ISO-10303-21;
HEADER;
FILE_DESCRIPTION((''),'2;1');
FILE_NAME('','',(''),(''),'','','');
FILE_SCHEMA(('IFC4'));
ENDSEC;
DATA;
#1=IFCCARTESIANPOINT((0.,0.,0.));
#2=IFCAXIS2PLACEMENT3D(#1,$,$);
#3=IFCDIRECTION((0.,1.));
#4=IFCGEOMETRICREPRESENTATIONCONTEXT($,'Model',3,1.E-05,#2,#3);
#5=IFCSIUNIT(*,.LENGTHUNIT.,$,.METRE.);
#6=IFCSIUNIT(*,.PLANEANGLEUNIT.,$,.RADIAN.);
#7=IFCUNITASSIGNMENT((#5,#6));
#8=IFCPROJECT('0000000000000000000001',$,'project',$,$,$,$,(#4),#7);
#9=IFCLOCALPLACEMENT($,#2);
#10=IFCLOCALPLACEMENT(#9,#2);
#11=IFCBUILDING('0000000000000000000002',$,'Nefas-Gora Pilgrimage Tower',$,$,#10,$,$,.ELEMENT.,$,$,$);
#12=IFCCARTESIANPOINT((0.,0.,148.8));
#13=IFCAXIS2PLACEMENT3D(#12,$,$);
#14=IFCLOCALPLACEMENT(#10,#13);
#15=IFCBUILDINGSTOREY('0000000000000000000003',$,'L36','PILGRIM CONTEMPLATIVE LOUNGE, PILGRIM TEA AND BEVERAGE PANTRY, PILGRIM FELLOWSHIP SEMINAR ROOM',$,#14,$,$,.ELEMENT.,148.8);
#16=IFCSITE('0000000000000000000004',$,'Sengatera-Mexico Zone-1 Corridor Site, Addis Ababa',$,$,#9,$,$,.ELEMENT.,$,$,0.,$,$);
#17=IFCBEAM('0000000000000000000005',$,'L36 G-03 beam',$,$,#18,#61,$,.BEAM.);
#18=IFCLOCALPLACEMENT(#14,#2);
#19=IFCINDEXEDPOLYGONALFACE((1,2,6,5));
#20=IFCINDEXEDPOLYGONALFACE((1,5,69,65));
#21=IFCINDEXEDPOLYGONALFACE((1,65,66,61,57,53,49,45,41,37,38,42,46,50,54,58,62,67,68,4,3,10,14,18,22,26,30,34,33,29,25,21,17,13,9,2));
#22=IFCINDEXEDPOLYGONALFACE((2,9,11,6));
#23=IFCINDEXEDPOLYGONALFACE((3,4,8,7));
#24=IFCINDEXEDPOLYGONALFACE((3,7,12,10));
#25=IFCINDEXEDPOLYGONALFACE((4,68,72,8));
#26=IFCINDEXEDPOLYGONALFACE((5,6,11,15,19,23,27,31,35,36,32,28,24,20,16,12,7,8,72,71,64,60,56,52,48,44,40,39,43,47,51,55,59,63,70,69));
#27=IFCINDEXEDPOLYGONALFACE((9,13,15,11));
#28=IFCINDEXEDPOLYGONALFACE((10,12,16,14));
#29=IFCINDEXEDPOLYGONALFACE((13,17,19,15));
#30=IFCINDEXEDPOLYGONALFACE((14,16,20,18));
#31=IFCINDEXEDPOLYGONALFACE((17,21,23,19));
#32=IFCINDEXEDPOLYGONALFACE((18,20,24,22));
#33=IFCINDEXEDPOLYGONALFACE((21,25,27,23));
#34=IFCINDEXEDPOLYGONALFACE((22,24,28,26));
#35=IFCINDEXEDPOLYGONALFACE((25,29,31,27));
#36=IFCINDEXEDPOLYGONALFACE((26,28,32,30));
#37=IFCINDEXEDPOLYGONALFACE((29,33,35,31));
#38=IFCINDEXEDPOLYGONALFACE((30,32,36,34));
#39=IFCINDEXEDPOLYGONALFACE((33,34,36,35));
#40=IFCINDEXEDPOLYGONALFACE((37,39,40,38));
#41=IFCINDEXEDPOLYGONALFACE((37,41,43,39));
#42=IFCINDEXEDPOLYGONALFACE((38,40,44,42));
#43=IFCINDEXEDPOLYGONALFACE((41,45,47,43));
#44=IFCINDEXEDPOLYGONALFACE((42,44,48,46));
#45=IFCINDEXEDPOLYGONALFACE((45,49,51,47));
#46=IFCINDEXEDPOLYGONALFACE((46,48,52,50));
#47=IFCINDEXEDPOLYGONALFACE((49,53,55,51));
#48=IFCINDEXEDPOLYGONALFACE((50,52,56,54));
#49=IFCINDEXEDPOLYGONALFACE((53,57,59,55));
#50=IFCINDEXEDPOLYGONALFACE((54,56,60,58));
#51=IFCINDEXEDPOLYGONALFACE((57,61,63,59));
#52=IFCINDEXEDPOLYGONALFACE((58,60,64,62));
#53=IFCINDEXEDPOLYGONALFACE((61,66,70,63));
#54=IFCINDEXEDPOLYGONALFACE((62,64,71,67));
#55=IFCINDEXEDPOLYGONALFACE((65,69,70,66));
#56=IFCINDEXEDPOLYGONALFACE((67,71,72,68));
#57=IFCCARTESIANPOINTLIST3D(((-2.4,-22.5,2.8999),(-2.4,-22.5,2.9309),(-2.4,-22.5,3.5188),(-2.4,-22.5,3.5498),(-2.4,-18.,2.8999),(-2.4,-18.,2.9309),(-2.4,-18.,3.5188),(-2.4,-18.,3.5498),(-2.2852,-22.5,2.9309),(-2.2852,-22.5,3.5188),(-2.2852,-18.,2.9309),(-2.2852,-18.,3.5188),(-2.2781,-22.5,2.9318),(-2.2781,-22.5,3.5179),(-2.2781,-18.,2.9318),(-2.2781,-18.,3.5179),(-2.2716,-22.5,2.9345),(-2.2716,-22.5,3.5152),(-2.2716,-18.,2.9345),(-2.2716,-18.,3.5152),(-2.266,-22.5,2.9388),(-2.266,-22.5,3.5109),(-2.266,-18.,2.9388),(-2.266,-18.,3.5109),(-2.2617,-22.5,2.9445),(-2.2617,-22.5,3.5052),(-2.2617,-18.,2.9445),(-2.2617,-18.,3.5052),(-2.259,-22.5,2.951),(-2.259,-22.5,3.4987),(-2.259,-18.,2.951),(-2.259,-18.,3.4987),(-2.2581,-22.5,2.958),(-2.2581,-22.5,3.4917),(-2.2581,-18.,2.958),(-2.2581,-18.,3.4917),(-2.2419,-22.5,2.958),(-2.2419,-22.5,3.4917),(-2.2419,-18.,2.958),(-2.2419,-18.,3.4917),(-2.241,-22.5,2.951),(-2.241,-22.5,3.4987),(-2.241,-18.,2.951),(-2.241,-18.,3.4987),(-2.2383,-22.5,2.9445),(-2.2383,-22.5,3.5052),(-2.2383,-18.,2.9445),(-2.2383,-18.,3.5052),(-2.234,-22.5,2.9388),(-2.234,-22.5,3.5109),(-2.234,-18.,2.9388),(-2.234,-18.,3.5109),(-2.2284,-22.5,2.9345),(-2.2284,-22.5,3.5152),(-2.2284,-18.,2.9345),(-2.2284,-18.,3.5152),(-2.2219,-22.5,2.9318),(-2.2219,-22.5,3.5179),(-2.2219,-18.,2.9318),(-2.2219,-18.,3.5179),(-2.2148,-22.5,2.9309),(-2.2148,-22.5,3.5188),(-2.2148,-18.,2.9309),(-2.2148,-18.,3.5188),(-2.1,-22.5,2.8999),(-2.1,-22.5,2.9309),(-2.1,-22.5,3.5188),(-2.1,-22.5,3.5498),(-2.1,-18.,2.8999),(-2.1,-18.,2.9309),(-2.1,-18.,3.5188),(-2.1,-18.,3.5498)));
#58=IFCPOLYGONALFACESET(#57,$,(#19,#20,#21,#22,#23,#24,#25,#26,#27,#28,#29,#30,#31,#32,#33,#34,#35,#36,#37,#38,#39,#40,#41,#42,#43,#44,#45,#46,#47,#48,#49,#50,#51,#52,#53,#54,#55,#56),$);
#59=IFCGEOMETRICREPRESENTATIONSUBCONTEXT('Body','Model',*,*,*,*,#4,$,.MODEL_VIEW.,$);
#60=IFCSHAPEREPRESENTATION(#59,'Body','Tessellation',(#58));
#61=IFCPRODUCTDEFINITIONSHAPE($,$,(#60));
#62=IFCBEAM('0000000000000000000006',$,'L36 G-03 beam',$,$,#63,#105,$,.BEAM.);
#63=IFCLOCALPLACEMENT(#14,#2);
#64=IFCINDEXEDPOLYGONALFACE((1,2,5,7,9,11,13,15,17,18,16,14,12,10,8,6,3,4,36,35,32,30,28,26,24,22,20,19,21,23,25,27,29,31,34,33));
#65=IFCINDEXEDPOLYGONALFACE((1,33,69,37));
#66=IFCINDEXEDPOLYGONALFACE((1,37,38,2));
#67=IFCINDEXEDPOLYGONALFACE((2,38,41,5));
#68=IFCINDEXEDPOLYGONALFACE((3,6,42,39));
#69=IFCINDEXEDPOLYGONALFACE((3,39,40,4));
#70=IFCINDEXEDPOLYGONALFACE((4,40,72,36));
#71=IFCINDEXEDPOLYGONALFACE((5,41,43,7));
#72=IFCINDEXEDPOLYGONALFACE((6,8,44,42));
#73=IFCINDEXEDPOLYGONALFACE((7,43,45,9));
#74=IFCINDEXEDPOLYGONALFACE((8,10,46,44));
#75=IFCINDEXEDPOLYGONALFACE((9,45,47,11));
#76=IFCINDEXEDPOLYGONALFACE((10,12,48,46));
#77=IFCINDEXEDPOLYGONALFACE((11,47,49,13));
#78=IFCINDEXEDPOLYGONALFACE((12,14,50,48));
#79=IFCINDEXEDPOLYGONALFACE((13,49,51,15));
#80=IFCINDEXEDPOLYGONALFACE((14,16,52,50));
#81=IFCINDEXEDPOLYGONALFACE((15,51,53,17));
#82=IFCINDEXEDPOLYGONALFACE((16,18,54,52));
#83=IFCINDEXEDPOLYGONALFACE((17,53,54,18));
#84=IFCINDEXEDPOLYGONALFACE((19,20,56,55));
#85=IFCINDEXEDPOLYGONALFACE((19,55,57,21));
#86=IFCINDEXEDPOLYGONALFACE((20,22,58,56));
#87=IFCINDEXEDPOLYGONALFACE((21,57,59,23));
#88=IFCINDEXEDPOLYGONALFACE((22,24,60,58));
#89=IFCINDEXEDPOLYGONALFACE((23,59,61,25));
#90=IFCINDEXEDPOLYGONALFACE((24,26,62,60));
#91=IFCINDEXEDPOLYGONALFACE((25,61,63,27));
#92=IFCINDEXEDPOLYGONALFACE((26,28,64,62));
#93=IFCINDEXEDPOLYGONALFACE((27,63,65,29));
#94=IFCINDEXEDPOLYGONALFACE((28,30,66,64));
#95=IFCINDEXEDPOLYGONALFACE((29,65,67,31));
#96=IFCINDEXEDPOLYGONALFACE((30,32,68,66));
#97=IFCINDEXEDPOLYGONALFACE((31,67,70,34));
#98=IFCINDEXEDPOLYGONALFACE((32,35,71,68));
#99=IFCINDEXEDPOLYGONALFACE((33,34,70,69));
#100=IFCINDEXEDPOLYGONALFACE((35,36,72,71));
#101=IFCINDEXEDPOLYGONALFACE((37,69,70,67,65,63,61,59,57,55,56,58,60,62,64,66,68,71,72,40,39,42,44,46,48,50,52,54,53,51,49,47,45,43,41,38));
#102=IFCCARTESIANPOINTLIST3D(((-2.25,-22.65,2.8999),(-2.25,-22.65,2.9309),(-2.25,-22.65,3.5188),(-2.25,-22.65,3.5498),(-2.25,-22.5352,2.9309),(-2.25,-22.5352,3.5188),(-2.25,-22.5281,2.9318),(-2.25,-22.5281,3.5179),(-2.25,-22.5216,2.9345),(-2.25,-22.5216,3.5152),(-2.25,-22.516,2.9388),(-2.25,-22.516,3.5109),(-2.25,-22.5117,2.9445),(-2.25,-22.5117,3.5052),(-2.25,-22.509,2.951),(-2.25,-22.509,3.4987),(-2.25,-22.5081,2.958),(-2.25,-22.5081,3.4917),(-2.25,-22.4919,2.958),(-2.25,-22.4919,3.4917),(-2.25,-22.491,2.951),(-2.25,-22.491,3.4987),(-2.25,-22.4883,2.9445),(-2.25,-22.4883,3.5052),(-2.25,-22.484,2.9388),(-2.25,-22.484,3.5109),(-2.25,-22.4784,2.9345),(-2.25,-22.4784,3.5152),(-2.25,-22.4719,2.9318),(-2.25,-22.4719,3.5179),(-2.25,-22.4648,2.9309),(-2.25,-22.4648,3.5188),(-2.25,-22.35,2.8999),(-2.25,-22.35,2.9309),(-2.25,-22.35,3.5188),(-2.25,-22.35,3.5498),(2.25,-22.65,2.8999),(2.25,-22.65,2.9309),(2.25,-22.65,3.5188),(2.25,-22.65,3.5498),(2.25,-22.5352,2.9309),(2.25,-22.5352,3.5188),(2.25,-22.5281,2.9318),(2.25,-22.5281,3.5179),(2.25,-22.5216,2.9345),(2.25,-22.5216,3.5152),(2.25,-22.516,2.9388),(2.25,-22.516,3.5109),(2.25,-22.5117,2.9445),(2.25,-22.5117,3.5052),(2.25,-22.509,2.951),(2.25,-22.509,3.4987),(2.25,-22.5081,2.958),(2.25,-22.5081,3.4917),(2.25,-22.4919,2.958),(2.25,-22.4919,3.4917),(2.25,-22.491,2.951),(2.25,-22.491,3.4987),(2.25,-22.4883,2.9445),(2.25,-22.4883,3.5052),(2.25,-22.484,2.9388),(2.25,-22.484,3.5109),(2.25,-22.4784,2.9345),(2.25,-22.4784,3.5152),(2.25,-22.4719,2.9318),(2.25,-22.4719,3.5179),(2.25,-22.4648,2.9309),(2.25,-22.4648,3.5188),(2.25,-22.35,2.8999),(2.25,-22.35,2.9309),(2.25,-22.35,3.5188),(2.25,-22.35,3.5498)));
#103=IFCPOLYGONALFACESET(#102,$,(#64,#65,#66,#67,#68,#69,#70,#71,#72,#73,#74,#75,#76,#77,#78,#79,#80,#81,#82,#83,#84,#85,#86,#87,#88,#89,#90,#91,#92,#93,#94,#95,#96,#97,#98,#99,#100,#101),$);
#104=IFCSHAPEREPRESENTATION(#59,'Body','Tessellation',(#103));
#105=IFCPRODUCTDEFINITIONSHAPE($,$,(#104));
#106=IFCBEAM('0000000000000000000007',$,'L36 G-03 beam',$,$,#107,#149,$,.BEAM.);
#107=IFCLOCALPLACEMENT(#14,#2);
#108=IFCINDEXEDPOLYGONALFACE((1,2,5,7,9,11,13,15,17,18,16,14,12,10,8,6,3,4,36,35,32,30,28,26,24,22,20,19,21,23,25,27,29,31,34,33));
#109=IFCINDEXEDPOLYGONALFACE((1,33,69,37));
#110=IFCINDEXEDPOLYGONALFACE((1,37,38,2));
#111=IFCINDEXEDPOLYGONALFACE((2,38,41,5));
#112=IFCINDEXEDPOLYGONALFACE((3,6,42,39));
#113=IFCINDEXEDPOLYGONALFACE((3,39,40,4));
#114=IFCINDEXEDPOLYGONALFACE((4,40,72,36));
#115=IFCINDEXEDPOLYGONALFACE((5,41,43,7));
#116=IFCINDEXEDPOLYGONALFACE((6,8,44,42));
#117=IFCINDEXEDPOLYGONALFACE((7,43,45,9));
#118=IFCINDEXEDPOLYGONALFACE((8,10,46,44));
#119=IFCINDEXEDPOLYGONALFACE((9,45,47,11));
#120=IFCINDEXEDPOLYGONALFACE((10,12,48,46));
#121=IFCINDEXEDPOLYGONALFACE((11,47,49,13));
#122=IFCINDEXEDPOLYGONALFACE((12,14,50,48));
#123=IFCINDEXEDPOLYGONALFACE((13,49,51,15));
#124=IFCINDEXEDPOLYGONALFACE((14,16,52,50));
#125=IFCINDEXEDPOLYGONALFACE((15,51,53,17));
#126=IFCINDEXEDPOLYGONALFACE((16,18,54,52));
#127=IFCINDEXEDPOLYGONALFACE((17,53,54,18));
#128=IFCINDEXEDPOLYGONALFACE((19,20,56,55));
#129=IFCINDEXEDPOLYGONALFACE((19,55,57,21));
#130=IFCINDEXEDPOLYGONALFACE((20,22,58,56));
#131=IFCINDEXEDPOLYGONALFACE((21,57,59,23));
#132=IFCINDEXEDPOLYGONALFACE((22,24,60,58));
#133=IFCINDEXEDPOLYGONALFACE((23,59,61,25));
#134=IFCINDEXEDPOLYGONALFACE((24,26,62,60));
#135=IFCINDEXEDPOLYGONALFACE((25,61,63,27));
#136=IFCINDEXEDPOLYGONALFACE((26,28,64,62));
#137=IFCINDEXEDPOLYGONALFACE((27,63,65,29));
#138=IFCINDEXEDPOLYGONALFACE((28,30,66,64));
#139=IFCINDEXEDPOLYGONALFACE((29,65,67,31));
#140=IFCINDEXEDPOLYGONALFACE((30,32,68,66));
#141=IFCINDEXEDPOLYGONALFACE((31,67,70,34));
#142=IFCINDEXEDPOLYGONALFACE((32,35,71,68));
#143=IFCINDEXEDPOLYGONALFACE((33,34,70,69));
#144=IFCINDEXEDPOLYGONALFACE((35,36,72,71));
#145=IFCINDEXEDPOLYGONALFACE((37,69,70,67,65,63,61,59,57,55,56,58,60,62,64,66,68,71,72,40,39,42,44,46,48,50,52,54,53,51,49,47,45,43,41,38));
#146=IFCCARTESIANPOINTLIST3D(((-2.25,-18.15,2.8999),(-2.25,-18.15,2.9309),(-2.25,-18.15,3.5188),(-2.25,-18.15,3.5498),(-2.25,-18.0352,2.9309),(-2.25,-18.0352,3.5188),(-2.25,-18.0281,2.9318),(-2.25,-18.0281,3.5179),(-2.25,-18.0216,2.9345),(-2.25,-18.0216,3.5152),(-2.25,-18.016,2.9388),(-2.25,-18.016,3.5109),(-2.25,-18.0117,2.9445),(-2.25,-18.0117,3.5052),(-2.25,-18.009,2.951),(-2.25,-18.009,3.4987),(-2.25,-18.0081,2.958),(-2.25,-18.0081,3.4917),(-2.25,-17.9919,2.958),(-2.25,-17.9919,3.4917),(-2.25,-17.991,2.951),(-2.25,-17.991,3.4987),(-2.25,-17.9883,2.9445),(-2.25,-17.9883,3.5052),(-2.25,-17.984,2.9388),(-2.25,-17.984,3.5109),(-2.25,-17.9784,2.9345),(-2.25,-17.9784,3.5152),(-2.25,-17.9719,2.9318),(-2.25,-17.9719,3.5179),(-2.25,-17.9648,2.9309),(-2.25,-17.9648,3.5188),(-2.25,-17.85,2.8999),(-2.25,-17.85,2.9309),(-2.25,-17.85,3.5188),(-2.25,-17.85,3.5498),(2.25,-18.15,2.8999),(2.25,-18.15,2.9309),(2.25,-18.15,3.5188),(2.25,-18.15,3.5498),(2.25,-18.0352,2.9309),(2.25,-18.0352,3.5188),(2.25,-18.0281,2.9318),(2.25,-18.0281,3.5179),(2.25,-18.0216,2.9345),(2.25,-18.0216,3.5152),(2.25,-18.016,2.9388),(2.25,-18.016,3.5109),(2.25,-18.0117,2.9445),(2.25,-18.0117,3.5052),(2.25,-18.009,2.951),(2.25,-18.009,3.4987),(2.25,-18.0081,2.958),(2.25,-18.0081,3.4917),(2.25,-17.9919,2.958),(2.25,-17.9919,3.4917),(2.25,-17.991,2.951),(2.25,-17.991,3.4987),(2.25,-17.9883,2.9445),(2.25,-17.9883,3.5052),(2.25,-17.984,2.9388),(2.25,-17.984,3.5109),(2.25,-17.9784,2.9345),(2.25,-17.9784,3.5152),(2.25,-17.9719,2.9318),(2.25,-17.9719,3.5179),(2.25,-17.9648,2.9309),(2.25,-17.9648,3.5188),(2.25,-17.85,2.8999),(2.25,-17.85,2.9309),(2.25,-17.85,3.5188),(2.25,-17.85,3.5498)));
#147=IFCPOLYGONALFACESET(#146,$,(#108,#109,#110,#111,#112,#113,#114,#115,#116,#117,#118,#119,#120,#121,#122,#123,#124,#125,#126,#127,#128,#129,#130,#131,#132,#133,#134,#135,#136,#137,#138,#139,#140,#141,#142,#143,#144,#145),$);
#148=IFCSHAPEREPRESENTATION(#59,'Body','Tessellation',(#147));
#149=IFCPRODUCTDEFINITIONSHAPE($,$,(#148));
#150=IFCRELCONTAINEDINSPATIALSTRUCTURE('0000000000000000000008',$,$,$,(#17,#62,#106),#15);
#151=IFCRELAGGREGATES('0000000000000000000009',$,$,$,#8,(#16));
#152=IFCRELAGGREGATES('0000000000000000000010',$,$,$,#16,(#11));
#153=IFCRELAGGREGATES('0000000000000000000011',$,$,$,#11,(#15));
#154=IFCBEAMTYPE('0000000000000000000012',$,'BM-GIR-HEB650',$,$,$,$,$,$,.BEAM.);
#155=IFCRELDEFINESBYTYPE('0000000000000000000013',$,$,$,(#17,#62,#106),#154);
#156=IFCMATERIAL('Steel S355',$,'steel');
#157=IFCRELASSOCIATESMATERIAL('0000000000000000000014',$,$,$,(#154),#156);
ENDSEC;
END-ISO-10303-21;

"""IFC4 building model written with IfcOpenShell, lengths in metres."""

from ifc_helpers import new_model, si_unit, direction, frame, origin, origin_2d, place, context, subcontext, project, spatial, i_section, extrude, source, transform, mapped, material, material_profile, profile_set, type_object, element, save


model = new_model("IFC4")

# Units and contexts
model_context = context("Model", 3, precision=1e-05, world=origin(), true_north=direction((0.0, 1.0)))
body_context = subcontext(model_context, "Body", "Model", "MODEL_VIEW")
ifc_project = project(units=[si_unit("LENGTHUNIT", "METRE"), si_unit("PLANEANGLEUNIT", "RADIAN")], contexts=[model_context])

# Site, building, storey
site_placement = place(None, origin())
site = spatial("IfcSite", under=ifc_project, at=site_placement, Name="Sengatera-Mexico Zone-1 Corridor Site, Addis Ababa", CompositionType="ELEMENT", RefElevation=0.0)
building_placement = place(site_placement, origin())
building = spatial("IfcBuilding", under=site, at=building_placement, Name="Nefas-Gora Pilgrimage Tower", CompositionType="ELEMENT")
storey_placement = place(building_placement, frame((0.0, 0.0, 148.8)))
storey = spatial("IfcBuildingStorey", under=building, at=storey_placement, Name="L36", Description="PILGRIM CONTEMPLATIVE LOUNGE, PILGRIM TEA AND BEVERAGE PANTRY, PILGRIM FELLOWSHIP SEMINAR ROOM", CompositionType="ELEMENT", Elevation=148.8)

# Beams
ifc_material_1 = material(Name="Steel S355", Category="steel")
ifc_material_profile_1 = material_profile(ifc_material_1, i_section(OverallWidth=0.3, OverallDepth=0.6499, WebThickness=0.0161, FlangeThickness=0.031, FilletRadius=0.0271, at=origin_2d()), Name="HEB 650")
ifc_profile_set_1 = profile_set([ifc_material_profile_1], Name="Steel S355")
beam_type = type_object("IfcBeamType", Name="BM-GIR-HEB650", PredefinedType="BEAM", material=ifc_profile_set_1)
shared_shape_1 = source(origin(), body_context, "Body", "SweptSolid", [
    extrude(i_section(OverallWidth=0.3, OverallDepth=0.6499, WebThickness=0.0161, FlangeThickness=0.031, FilletRadius=0.0271, at=origin_2d()), origin(), (0.0, 0.0, 1.0), 4.5),
])
for number, where, z_axis, x_axis, name in (
    (1, (-2.25, -22.5, 3.2249), (0.0, 1.0, 0.0), (-1.0, 0.0, 0.0), "L36 G-03 beam"),
    (2, (-2.25, -22.5, 3.2249), (1.0, 0.0, 0.0), (0.0, 1.0, 0.0), "L36 G-03 beam"),
    (3, (-2.25, -18.0, 3.2249), (1.0, 0.0, 0.0), (0.0, 1.0, 0.0), "L36 G-03 beam"),
):
    element("IfcBeam", number, at=place(storey_placement, frame(where, z_axis=z_axis, x_axis=x_axis)), inside=storey, type_object=beam_type, Name=name, PredefinedType="BEAM", context=body_context, shape_type="MappedRepresentation", body=[
        mapped(shared_shape_1, transform((0.0, 0.0, 0.0), x_axis=(1.0, 0.0, 0.0), y_axis=(0.0, 1.0, 0.0), z_axis=(0.0, 0.0, 1.0), scale=1.0)),
    ])

save(model, "model.ifc")
